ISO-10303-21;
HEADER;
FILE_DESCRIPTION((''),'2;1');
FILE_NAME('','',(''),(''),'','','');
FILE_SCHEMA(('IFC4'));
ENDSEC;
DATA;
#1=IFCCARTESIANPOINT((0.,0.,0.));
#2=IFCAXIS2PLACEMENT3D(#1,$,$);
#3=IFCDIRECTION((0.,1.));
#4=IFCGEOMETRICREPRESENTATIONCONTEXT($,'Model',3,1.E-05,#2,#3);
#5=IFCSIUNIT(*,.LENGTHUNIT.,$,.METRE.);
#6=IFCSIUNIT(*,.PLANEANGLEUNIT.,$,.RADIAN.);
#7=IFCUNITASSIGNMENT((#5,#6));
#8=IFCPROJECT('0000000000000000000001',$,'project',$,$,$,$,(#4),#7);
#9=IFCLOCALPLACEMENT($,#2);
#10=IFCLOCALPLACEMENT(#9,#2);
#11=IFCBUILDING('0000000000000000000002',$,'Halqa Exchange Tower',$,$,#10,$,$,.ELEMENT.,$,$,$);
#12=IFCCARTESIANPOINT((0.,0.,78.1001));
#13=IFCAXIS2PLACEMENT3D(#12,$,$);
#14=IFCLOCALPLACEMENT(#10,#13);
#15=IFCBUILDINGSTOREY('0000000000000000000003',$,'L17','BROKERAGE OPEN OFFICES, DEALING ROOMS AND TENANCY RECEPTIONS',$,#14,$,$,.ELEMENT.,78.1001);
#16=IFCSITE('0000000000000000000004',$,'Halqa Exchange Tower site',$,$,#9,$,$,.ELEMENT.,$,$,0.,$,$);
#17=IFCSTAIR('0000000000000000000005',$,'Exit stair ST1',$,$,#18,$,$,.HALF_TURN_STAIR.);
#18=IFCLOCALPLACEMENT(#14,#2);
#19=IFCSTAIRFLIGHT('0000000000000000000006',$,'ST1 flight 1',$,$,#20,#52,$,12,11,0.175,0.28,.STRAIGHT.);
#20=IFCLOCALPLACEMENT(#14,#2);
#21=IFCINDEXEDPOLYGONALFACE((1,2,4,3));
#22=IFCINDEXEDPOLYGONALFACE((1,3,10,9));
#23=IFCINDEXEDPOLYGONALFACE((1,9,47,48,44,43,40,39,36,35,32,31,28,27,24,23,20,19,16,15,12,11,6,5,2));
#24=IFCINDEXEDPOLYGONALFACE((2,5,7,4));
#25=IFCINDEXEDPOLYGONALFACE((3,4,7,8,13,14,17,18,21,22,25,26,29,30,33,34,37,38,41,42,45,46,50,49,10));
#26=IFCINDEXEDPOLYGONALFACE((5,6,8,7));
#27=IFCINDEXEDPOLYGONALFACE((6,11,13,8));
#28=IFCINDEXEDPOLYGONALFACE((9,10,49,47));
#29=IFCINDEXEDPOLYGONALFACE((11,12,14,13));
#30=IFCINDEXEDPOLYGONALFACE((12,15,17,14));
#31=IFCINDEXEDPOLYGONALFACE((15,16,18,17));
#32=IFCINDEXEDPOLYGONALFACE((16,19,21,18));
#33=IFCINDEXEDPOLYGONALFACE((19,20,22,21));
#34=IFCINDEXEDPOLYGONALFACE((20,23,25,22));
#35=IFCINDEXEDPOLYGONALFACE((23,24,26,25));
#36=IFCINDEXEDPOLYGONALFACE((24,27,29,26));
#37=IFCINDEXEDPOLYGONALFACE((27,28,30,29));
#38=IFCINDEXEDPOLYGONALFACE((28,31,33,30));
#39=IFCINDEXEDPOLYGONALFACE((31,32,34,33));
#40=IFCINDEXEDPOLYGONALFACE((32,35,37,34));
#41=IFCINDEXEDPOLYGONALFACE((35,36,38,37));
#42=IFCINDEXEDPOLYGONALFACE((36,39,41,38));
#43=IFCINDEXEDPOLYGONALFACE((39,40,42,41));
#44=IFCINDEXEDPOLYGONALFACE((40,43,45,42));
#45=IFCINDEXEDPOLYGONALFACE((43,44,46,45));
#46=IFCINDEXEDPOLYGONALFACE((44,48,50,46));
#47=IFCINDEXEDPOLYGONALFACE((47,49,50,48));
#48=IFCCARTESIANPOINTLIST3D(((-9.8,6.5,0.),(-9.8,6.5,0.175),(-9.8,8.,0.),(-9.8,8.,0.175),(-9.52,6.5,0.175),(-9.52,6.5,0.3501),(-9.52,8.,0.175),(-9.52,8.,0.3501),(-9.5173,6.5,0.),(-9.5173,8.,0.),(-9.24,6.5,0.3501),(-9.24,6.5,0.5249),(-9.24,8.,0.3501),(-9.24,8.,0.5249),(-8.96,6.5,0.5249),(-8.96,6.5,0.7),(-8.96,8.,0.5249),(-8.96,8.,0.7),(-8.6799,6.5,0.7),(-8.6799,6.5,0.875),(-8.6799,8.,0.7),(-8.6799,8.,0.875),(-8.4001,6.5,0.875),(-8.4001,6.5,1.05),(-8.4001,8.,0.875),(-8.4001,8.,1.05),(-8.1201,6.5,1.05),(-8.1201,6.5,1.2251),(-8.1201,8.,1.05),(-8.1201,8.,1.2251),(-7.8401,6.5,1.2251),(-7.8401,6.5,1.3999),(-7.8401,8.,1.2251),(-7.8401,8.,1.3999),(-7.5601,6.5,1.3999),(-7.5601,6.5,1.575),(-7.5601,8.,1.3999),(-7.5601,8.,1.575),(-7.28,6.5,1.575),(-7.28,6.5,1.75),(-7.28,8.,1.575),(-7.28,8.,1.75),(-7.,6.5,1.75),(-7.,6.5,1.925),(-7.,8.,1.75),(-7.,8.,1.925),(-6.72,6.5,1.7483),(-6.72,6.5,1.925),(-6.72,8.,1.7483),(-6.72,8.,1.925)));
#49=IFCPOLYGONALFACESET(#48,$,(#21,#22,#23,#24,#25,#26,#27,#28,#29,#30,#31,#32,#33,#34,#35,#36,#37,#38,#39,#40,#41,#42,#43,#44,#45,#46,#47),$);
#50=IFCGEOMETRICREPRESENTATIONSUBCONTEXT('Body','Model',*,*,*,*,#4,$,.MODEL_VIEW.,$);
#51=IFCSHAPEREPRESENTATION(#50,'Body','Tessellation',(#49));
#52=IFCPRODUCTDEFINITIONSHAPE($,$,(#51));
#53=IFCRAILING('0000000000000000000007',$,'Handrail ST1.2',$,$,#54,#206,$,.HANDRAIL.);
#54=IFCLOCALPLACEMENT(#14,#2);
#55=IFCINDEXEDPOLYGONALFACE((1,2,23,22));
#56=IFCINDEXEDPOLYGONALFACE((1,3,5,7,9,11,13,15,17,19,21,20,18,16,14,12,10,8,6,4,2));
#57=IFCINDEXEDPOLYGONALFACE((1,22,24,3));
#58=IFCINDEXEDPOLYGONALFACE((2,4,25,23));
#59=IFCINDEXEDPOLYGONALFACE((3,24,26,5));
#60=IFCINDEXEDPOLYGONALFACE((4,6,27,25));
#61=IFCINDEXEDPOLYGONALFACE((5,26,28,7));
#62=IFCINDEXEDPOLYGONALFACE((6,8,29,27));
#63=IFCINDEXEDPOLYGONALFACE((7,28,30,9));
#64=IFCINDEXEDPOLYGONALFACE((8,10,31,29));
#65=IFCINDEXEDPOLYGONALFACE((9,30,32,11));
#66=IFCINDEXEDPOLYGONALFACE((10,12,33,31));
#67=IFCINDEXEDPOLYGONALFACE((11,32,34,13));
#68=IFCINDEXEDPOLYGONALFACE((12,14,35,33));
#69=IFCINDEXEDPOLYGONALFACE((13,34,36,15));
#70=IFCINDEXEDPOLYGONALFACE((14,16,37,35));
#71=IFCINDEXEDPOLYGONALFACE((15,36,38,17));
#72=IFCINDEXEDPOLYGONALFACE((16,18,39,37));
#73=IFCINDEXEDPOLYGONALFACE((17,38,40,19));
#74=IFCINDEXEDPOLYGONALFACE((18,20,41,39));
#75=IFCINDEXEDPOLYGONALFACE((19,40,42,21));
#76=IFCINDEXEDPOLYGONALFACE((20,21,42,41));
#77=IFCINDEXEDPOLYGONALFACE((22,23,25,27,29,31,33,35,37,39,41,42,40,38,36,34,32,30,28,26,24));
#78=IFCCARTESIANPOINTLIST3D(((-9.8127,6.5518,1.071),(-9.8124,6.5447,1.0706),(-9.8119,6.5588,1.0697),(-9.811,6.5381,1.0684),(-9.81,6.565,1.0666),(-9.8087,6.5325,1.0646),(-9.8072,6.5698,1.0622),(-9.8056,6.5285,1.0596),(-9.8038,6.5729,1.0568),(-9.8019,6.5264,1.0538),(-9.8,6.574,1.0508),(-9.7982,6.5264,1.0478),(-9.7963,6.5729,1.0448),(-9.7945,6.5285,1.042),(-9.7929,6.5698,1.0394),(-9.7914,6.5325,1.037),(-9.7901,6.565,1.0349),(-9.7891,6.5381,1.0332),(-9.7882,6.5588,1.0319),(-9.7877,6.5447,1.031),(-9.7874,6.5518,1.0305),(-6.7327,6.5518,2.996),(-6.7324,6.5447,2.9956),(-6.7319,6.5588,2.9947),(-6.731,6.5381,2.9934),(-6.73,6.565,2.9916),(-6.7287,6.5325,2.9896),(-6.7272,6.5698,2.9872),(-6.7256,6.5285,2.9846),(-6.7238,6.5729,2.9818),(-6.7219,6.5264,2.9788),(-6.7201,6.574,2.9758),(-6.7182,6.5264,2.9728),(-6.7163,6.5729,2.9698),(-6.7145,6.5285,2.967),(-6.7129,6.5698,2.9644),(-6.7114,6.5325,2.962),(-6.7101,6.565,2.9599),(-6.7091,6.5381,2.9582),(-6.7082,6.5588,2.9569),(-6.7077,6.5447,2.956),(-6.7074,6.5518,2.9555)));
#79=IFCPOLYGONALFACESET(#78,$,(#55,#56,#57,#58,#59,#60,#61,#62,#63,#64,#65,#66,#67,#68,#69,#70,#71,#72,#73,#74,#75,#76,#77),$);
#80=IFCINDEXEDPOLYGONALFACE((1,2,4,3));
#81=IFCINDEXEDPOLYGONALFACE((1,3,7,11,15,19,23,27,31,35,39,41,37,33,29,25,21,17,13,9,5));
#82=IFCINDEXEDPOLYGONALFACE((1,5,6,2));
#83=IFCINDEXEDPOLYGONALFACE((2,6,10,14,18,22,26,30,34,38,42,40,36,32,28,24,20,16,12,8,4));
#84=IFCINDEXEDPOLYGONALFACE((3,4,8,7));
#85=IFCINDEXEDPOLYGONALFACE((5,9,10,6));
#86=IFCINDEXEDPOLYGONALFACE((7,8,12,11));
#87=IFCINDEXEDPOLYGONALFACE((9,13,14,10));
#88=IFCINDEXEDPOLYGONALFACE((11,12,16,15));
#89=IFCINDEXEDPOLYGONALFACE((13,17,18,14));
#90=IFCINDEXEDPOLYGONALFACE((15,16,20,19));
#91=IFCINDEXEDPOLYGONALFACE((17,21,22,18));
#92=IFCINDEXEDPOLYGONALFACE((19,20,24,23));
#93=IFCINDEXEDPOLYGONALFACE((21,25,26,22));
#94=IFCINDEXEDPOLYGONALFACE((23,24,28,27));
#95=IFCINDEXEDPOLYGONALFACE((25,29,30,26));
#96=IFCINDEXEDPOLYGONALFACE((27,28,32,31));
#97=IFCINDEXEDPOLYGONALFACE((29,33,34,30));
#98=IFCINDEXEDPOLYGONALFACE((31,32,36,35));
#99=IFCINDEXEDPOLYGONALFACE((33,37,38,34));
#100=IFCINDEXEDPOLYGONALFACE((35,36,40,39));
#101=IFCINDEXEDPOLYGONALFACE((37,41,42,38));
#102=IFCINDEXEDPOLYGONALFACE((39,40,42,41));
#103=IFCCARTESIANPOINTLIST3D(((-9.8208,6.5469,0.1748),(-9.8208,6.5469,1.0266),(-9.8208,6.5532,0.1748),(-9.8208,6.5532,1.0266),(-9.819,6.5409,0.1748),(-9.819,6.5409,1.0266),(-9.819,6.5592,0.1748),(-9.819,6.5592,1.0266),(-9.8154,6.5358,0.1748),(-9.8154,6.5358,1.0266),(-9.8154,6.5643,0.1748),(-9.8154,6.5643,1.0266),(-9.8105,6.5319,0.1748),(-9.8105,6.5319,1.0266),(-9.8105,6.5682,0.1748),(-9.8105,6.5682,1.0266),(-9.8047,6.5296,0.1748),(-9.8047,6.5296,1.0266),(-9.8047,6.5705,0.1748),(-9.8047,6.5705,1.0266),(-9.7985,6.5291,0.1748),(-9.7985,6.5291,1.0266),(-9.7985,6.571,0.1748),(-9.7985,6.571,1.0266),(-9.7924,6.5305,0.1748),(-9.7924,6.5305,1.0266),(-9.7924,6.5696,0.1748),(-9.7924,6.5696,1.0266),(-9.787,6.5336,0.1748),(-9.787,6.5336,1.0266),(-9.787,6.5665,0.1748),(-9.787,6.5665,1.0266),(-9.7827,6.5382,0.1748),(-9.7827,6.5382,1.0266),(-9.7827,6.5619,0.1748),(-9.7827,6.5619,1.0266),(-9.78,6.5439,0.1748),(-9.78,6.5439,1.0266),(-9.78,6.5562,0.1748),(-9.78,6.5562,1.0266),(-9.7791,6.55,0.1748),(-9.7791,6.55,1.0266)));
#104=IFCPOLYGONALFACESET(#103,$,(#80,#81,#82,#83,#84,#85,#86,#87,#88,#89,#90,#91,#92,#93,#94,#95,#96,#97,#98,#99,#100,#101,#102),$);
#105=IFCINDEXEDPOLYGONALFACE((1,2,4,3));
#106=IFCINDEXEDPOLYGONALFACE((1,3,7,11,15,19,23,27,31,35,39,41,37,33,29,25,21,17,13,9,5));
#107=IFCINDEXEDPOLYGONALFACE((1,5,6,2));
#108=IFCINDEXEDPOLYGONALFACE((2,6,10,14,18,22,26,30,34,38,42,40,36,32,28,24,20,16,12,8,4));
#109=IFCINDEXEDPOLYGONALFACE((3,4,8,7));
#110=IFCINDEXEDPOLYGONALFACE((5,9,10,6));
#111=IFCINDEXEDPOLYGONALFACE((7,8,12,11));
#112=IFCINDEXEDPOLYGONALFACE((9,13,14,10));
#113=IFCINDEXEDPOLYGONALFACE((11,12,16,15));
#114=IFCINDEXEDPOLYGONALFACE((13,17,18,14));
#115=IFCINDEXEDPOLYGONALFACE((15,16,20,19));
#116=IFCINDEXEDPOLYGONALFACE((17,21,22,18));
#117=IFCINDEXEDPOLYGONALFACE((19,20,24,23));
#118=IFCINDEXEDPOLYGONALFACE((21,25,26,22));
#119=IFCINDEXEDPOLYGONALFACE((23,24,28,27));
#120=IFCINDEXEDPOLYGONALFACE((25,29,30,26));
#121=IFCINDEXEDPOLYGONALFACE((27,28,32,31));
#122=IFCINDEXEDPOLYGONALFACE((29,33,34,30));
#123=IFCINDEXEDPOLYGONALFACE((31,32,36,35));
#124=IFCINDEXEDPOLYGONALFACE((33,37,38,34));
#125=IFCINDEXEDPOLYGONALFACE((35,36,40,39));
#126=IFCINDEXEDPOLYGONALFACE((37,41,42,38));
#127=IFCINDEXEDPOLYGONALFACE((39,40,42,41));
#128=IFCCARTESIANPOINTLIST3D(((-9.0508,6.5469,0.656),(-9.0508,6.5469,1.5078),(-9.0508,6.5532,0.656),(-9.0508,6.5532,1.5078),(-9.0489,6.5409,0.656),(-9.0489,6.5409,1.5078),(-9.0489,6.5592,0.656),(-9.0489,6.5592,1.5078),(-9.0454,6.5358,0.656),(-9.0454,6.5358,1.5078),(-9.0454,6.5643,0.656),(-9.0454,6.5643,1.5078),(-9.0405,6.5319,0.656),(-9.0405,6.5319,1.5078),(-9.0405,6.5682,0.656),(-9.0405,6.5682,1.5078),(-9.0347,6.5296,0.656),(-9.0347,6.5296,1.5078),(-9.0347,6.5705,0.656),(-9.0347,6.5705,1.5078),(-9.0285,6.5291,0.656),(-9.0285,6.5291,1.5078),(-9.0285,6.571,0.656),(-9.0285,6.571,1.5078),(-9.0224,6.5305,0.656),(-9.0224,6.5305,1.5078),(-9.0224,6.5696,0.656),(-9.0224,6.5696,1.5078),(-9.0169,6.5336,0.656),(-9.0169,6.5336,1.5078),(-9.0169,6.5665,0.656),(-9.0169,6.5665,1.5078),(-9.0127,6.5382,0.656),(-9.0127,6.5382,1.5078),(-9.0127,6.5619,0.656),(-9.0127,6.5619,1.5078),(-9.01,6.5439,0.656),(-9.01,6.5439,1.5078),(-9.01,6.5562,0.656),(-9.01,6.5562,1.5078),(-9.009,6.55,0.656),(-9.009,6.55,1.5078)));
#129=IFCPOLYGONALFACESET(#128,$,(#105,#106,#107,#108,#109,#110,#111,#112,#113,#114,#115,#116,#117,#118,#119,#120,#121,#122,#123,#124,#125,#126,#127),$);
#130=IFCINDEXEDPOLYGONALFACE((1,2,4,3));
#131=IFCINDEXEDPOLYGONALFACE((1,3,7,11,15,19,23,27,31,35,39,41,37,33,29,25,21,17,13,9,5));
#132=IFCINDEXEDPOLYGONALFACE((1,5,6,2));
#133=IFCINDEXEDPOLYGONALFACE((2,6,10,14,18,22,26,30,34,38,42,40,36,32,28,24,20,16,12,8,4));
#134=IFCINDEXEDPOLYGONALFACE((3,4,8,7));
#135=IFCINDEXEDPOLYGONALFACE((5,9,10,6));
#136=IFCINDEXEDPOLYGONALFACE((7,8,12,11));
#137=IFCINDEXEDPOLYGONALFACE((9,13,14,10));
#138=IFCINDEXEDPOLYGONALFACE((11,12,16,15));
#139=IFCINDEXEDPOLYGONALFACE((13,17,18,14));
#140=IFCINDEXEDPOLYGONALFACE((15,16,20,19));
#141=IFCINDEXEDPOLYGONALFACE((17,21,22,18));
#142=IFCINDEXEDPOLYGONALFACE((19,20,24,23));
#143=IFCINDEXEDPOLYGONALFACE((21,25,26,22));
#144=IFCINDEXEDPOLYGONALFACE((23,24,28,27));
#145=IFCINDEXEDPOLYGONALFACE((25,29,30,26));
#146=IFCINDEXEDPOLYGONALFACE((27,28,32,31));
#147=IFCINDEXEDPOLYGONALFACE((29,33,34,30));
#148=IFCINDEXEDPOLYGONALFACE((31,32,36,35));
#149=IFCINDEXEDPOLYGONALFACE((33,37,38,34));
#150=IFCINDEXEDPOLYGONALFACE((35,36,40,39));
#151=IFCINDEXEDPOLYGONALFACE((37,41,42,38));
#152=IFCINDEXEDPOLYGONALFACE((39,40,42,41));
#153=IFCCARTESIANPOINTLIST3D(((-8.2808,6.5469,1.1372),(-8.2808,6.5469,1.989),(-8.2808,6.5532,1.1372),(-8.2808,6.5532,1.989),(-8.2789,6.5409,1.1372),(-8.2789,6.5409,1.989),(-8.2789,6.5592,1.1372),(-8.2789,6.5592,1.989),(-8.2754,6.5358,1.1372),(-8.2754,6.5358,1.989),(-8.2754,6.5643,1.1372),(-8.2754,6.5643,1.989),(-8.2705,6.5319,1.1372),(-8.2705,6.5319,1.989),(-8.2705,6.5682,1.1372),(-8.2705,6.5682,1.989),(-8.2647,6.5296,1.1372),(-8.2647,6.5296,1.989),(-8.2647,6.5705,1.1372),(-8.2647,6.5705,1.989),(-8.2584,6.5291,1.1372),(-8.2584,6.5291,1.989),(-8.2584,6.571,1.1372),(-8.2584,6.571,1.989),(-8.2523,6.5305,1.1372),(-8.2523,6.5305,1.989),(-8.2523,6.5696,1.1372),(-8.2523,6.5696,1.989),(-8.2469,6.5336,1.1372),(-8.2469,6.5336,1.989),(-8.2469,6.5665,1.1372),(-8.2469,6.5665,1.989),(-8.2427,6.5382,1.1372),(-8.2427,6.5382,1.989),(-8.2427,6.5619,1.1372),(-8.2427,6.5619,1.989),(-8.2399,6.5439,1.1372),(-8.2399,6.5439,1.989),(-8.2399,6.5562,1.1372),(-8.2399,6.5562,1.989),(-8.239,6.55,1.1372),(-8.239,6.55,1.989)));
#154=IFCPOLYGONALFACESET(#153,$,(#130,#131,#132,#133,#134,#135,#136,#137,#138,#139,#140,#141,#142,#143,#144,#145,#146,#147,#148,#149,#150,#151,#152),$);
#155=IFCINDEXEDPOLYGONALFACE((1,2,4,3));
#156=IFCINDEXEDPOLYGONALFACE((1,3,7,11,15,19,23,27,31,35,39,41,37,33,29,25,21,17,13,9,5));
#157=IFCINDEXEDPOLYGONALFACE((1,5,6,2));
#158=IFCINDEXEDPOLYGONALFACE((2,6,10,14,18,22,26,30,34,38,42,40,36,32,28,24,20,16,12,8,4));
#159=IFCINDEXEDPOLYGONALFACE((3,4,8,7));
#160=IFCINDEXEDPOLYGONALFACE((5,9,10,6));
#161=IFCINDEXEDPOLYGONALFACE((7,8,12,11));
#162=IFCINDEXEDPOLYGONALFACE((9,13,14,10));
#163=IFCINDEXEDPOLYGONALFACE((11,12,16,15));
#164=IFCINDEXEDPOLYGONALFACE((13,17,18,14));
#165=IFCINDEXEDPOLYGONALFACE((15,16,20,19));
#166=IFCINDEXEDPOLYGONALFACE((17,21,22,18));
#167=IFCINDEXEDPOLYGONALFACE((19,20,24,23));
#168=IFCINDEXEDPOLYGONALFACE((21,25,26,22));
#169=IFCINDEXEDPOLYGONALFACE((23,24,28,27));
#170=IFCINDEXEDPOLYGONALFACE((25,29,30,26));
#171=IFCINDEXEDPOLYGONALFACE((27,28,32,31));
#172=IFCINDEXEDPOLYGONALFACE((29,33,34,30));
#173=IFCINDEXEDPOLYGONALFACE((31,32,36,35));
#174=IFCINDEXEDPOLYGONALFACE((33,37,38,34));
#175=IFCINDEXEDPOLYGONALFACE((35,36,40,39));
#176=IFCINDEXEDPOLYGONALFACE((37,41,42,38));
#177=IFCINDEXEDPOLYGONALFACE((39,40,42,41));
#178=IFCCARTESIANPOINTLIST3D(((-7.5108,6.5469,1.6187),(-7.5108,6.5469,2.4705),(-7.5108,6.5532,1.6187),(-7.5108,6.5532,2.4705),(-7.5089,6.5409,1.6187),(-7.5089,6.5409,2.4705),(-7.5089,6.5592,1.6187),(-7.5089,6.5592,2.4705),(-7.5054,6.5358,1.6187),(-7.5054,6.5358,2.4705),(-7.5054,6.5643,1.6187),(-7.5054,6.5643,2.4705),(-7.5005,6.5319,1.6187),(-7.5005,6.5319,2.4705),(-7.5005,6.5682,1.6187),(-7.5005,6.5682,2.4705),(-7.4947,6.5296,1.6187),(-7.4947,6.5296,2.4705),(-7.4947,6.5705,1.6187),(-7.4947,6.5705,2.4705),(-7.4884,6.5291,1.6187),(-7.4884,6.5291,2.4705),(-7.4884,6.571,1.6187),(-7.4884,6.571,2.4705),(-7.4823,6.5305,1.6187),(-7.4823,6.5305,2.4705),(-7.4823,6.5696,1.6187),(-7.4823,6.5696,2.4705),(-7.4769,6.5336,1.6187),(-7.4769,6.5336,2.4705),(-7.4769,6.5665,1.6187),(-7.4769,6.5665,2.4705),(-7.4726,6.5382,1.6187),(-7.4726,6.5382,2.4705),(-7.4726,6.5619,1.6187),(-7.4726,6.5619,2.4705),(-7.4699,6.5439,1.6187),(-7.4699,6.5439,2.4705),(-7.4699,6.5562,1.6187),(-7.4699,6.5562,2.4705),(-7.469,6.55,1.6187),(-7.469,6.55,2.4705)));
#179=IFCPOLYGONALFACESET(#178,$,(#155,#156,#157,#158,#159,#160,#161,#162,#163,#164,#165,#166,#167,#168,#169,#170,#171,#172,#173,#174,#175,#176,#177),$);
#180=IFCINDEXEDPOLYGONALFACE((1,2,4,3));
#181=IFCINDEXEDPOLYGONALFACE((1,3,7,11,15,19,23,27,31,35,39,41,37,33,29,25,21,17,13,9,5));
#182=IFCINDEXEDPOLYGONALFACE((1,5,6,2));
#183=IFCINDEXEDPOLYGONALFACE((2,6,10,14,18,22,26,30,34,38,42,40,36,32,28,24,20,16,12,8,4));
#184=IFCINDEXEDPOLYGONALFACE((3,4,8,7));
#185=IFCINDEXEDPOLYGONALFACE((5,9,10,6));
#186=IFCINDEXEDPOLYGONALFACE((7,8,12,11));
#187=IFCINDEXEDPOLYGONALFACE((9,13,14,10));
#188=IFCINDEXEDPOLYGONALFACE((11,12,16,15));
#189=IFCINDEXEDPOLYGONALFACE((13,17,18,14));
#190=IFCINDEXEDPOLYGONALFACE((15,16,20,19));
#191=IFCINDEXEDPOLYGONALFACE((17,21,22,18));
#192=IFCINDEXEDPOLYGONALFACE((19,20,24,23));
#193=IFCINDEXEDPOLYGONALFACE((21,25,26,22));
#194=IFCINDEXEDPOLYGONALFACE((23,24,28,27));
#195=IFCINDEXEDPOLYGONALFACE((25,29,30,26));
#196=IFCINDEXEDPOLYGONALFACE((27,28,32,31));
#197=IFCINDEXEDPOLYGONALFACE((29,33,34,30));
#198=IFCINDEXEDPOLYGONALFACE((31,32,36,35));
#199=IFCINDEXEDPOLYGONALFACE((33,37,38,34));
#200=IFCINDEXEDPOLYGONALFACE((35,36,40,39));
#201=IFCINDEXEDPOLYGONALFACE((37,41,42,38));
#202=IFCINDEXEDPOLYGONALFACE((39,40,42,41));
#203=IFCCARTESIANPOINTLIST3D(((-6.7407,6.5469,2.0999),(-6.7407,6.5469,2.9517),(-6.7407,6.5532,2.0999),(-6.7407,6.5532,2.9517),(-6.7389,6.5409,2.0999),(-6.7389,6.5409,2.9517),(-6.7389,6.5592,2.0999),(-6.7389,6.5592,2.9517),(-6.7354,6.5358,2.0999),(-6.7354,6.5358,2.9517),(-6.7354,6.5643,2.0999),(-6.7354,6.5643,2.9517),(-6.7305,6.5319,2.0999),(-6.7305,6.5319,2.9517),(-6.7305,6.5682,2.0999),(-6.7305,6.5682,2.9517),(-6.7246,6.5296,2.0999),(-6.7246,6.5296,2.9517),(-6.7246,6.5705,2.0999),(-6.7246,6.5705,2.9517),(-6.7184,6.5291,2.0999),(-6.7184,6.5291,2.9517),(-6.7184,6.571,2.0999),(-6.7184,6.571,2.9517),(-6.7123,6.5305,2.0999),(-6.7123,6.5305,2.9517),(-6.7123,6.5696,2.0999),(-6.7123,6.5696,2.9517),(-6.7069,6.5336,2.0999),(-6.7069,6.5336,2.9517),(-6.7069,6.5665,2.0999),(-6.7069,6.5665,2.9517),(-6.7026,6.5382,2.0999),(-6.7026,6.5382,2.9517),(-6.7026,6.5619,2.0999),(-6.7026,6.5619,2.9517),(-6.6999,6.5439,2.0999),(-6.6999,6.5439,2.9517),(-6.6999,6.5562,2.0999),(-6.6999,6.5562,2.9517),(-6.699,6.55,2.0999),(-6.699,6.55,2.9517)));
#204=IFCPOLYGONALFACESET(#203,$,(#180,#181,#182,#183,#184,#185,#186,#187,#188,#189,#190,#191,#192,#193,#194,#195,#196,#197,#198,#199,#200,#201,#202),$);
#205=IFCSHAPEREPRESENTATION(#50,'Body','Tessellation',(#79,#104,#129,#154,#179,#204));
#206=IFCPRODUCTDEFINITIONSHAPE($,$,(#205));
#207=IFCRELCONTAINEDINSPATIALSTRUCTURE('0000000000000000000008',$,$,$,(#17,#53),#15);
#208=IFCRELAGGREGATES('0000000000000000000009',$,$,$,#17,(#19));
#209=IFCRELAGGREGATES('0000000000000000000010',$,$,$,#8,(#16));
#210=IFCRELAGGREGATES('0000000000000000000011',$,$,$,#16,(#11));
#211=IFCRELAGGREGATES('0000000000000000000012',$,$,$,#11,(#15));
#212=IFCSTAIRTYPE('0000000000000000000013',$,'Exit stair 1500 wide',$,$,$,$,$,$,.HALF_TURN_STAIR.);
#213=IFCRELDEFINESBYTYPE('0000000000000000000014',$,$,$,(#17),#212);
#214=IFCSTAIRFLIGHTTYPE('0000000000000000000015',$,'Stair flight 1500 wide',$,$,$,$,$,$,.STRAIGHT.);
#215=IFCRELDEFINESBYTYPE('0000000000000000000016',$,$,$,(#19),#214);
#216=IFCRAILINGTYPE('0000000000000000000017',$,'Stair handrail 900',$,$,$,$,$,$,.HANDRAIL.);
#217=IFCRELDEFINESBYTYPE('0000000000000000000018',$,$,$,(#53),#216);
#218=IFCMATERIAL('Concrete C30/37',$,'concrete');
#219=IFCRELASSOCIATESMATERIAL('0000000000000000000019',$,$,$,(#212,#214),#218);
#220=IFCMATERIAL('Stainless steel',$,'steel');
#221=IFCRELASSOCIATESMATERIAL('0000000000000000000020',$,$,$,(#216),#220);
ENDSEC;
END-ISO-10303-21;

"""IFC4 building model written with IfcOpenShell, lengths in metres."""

from ifc_helpers import new_model, si_unit, direction, frame, origin, origin_2d, place, context, subcontext, project, spatial, polyline, circle, outline, extrude, material, type_object, element, aggregate, save


model = new_model("IFC4")

# Units and contexts
model_context = context("Model", 3, precision=1e-05, world=origin(), true_north=direction((0.0, 1.0)))
body_context = subcontext(model_context, "Body", "Model", "MODEL_VIEW")
ifc_project = project(units=[si_unit("LENGTHUNIT", "METRE"), si_unit("PLANEANGLEUNIT", "RADIAN")], contexts=[model_context])

# Site, building, storey
site_placement = place(None, origin())
site = spatial("IfcSite", under=ifc_project, at=site_placement, Name="Halqa Exchange Tower site", CompositionType="ELEMENT", RefElevation=0.0)
building_placement = place(site_placement, origin())
building = spatial("IfcBuilding", under=site, at=building_placement, Name="Halqa Exchange Tower", CompositionType="ELEMENT")
storey_placement = place(building_placement, frame((0.0, 0.0, 78.1001)))
storey = spatial("IfcBuildingStorey", under=building, at=storey_placement, Name="L17", Description="BROKERAGE OPEN OFFICES, DEALING ROOMS AND TENANCY RECEPTIONS", CompositionType="ELEMENT", Elevation=78.1001)

# Shared definitions
ifc_material_1 = material(Name="Stainless steel", Category="steel")

# Shared definitions
ifc_material_2 = material(Name="Concrete C30/37", Category="concrete")

# Stair, stair flight
stair_type = type_object("IfcStairType", Name="Exit stair 1500 wide", PredefinedType="HALF_TURN_STAIR", material=ifc_material_2)
stair_placement = place(storey_placement, origin())
stair = element("IfcStair", 1, at=stair_placement, inside=storey, type_object=stair_type, Name="Exit stair ST1", PredefinedType="HALF_TURN_STAIR")
stair_flight_type = type_object("IfcStairFlightType", Name="Stair flight 1500 wide", PredefinedType="STRAIGHT", material=ifc_material_2)
stair_flight_placement = place(storey_placement, frame((-9.8, 7.25, 0.0), z_axis=(0.0, 0.0, 1.0), x_axis=(1.0, 0.0, 0.0)))
stair_flight = element("IfcStairFlight", 2, at=stair_flight_placement, type_object=stair_flight_type, Name="ST1 flight 1", NumberOfRisers=12, NumberOfTreads=11, PredefinedType="STRAIGHT", RiserHeight=0.175, TreadLength=0.28, context=body_context, shape_type="SweptSolid", body=[
    extrude(outline(polyline([(0.0, 0.0), (0.0, 0.175), (0.28, 0.175), (0.28, 0.3501), (0.5601, 0.3501), (0.5601, 0.5249), (0.8401, 0.5249), (0.8401, 0.7), (1.1201, 0.7), (1.1201, 0.875), (1.3999, 0.875), (1.3999, 1.05), (1.6799, 1.05), (1.6799, 1.2251), (1.96, 1.2251), (1.96, 1.3999), (2.24, 1.3999), (2.24, 1.575), (2.52, 1.575), (2.52, 1.75), (2.8, 1.75), (2.8, 1.925), (3.0801, 1.925), (3.0801, 2.1001), (3.0801, 1.7483), (0.2827, 0.0), (0.0, 0.0)])), frame((0.0, 0.75, 0.0), z_axis=(0.0, -1.0, 0.0), x_axis=(1.0, 0.0, 0.0)), (0.0, 0.0, 1.0), 1.5),
])
aggregate(stair, [stair_flight])

# Railing
railing_type_1 = type_object("IfcRailingType", Name="Stair handrail 900", PredefinedType="HANDRAIL", material=ifc_material_1)
railing_1_placement = place(storey_placement, frame((-9.8, 6.55, 0.1748)))
element("IfcRailing", 3, at=railing_1_placement, inside=storey, type_object=railing_type_1, Name="Handrail ST1.2", PredefinedType="HANDRAIL", context=body_context, shape_type="SweptSolid", body=[
    extrude(circle(Radius=0.0239, at=origin_2d()), frame((0.0, 0.0, 0.876), z_axis=(0.847998, 0.0, 0.529999), x_axis=(0.0, 1.0, 0.0)), (0.0, 0.0, 1.0), 3.6321),
    extrude(circle(Radius=0.021, at=origin_2d()), origin(), (0.0, 0.0, 1.0), 0.8518),
    extrude(circle(Radius=0.021, at=origin_2d()), frame((0.77, 0.0, 0.4812)), (0.0, 0.0, 1.0), 0.8518),
    extrude(circle(Radius=0.021, at=origin_2d()), frame((1.54, 0.0, 0.9624)), (0.0, 0.0, 1.0), 0.8518),
    extrude(circle(Radius=0.021, at=origin_2d()), frame((2.3101, 0.0, 1.4438)), (0.0, 0.0, 1.0), 0.8518),
    extrude(circle(Radius=0.021, at=origin_2d()), frame((3.0801, 0.0, 1.925)), (0.0, 0.0, 1.0), 0.8518),
])

save(model, "model.ifc")
